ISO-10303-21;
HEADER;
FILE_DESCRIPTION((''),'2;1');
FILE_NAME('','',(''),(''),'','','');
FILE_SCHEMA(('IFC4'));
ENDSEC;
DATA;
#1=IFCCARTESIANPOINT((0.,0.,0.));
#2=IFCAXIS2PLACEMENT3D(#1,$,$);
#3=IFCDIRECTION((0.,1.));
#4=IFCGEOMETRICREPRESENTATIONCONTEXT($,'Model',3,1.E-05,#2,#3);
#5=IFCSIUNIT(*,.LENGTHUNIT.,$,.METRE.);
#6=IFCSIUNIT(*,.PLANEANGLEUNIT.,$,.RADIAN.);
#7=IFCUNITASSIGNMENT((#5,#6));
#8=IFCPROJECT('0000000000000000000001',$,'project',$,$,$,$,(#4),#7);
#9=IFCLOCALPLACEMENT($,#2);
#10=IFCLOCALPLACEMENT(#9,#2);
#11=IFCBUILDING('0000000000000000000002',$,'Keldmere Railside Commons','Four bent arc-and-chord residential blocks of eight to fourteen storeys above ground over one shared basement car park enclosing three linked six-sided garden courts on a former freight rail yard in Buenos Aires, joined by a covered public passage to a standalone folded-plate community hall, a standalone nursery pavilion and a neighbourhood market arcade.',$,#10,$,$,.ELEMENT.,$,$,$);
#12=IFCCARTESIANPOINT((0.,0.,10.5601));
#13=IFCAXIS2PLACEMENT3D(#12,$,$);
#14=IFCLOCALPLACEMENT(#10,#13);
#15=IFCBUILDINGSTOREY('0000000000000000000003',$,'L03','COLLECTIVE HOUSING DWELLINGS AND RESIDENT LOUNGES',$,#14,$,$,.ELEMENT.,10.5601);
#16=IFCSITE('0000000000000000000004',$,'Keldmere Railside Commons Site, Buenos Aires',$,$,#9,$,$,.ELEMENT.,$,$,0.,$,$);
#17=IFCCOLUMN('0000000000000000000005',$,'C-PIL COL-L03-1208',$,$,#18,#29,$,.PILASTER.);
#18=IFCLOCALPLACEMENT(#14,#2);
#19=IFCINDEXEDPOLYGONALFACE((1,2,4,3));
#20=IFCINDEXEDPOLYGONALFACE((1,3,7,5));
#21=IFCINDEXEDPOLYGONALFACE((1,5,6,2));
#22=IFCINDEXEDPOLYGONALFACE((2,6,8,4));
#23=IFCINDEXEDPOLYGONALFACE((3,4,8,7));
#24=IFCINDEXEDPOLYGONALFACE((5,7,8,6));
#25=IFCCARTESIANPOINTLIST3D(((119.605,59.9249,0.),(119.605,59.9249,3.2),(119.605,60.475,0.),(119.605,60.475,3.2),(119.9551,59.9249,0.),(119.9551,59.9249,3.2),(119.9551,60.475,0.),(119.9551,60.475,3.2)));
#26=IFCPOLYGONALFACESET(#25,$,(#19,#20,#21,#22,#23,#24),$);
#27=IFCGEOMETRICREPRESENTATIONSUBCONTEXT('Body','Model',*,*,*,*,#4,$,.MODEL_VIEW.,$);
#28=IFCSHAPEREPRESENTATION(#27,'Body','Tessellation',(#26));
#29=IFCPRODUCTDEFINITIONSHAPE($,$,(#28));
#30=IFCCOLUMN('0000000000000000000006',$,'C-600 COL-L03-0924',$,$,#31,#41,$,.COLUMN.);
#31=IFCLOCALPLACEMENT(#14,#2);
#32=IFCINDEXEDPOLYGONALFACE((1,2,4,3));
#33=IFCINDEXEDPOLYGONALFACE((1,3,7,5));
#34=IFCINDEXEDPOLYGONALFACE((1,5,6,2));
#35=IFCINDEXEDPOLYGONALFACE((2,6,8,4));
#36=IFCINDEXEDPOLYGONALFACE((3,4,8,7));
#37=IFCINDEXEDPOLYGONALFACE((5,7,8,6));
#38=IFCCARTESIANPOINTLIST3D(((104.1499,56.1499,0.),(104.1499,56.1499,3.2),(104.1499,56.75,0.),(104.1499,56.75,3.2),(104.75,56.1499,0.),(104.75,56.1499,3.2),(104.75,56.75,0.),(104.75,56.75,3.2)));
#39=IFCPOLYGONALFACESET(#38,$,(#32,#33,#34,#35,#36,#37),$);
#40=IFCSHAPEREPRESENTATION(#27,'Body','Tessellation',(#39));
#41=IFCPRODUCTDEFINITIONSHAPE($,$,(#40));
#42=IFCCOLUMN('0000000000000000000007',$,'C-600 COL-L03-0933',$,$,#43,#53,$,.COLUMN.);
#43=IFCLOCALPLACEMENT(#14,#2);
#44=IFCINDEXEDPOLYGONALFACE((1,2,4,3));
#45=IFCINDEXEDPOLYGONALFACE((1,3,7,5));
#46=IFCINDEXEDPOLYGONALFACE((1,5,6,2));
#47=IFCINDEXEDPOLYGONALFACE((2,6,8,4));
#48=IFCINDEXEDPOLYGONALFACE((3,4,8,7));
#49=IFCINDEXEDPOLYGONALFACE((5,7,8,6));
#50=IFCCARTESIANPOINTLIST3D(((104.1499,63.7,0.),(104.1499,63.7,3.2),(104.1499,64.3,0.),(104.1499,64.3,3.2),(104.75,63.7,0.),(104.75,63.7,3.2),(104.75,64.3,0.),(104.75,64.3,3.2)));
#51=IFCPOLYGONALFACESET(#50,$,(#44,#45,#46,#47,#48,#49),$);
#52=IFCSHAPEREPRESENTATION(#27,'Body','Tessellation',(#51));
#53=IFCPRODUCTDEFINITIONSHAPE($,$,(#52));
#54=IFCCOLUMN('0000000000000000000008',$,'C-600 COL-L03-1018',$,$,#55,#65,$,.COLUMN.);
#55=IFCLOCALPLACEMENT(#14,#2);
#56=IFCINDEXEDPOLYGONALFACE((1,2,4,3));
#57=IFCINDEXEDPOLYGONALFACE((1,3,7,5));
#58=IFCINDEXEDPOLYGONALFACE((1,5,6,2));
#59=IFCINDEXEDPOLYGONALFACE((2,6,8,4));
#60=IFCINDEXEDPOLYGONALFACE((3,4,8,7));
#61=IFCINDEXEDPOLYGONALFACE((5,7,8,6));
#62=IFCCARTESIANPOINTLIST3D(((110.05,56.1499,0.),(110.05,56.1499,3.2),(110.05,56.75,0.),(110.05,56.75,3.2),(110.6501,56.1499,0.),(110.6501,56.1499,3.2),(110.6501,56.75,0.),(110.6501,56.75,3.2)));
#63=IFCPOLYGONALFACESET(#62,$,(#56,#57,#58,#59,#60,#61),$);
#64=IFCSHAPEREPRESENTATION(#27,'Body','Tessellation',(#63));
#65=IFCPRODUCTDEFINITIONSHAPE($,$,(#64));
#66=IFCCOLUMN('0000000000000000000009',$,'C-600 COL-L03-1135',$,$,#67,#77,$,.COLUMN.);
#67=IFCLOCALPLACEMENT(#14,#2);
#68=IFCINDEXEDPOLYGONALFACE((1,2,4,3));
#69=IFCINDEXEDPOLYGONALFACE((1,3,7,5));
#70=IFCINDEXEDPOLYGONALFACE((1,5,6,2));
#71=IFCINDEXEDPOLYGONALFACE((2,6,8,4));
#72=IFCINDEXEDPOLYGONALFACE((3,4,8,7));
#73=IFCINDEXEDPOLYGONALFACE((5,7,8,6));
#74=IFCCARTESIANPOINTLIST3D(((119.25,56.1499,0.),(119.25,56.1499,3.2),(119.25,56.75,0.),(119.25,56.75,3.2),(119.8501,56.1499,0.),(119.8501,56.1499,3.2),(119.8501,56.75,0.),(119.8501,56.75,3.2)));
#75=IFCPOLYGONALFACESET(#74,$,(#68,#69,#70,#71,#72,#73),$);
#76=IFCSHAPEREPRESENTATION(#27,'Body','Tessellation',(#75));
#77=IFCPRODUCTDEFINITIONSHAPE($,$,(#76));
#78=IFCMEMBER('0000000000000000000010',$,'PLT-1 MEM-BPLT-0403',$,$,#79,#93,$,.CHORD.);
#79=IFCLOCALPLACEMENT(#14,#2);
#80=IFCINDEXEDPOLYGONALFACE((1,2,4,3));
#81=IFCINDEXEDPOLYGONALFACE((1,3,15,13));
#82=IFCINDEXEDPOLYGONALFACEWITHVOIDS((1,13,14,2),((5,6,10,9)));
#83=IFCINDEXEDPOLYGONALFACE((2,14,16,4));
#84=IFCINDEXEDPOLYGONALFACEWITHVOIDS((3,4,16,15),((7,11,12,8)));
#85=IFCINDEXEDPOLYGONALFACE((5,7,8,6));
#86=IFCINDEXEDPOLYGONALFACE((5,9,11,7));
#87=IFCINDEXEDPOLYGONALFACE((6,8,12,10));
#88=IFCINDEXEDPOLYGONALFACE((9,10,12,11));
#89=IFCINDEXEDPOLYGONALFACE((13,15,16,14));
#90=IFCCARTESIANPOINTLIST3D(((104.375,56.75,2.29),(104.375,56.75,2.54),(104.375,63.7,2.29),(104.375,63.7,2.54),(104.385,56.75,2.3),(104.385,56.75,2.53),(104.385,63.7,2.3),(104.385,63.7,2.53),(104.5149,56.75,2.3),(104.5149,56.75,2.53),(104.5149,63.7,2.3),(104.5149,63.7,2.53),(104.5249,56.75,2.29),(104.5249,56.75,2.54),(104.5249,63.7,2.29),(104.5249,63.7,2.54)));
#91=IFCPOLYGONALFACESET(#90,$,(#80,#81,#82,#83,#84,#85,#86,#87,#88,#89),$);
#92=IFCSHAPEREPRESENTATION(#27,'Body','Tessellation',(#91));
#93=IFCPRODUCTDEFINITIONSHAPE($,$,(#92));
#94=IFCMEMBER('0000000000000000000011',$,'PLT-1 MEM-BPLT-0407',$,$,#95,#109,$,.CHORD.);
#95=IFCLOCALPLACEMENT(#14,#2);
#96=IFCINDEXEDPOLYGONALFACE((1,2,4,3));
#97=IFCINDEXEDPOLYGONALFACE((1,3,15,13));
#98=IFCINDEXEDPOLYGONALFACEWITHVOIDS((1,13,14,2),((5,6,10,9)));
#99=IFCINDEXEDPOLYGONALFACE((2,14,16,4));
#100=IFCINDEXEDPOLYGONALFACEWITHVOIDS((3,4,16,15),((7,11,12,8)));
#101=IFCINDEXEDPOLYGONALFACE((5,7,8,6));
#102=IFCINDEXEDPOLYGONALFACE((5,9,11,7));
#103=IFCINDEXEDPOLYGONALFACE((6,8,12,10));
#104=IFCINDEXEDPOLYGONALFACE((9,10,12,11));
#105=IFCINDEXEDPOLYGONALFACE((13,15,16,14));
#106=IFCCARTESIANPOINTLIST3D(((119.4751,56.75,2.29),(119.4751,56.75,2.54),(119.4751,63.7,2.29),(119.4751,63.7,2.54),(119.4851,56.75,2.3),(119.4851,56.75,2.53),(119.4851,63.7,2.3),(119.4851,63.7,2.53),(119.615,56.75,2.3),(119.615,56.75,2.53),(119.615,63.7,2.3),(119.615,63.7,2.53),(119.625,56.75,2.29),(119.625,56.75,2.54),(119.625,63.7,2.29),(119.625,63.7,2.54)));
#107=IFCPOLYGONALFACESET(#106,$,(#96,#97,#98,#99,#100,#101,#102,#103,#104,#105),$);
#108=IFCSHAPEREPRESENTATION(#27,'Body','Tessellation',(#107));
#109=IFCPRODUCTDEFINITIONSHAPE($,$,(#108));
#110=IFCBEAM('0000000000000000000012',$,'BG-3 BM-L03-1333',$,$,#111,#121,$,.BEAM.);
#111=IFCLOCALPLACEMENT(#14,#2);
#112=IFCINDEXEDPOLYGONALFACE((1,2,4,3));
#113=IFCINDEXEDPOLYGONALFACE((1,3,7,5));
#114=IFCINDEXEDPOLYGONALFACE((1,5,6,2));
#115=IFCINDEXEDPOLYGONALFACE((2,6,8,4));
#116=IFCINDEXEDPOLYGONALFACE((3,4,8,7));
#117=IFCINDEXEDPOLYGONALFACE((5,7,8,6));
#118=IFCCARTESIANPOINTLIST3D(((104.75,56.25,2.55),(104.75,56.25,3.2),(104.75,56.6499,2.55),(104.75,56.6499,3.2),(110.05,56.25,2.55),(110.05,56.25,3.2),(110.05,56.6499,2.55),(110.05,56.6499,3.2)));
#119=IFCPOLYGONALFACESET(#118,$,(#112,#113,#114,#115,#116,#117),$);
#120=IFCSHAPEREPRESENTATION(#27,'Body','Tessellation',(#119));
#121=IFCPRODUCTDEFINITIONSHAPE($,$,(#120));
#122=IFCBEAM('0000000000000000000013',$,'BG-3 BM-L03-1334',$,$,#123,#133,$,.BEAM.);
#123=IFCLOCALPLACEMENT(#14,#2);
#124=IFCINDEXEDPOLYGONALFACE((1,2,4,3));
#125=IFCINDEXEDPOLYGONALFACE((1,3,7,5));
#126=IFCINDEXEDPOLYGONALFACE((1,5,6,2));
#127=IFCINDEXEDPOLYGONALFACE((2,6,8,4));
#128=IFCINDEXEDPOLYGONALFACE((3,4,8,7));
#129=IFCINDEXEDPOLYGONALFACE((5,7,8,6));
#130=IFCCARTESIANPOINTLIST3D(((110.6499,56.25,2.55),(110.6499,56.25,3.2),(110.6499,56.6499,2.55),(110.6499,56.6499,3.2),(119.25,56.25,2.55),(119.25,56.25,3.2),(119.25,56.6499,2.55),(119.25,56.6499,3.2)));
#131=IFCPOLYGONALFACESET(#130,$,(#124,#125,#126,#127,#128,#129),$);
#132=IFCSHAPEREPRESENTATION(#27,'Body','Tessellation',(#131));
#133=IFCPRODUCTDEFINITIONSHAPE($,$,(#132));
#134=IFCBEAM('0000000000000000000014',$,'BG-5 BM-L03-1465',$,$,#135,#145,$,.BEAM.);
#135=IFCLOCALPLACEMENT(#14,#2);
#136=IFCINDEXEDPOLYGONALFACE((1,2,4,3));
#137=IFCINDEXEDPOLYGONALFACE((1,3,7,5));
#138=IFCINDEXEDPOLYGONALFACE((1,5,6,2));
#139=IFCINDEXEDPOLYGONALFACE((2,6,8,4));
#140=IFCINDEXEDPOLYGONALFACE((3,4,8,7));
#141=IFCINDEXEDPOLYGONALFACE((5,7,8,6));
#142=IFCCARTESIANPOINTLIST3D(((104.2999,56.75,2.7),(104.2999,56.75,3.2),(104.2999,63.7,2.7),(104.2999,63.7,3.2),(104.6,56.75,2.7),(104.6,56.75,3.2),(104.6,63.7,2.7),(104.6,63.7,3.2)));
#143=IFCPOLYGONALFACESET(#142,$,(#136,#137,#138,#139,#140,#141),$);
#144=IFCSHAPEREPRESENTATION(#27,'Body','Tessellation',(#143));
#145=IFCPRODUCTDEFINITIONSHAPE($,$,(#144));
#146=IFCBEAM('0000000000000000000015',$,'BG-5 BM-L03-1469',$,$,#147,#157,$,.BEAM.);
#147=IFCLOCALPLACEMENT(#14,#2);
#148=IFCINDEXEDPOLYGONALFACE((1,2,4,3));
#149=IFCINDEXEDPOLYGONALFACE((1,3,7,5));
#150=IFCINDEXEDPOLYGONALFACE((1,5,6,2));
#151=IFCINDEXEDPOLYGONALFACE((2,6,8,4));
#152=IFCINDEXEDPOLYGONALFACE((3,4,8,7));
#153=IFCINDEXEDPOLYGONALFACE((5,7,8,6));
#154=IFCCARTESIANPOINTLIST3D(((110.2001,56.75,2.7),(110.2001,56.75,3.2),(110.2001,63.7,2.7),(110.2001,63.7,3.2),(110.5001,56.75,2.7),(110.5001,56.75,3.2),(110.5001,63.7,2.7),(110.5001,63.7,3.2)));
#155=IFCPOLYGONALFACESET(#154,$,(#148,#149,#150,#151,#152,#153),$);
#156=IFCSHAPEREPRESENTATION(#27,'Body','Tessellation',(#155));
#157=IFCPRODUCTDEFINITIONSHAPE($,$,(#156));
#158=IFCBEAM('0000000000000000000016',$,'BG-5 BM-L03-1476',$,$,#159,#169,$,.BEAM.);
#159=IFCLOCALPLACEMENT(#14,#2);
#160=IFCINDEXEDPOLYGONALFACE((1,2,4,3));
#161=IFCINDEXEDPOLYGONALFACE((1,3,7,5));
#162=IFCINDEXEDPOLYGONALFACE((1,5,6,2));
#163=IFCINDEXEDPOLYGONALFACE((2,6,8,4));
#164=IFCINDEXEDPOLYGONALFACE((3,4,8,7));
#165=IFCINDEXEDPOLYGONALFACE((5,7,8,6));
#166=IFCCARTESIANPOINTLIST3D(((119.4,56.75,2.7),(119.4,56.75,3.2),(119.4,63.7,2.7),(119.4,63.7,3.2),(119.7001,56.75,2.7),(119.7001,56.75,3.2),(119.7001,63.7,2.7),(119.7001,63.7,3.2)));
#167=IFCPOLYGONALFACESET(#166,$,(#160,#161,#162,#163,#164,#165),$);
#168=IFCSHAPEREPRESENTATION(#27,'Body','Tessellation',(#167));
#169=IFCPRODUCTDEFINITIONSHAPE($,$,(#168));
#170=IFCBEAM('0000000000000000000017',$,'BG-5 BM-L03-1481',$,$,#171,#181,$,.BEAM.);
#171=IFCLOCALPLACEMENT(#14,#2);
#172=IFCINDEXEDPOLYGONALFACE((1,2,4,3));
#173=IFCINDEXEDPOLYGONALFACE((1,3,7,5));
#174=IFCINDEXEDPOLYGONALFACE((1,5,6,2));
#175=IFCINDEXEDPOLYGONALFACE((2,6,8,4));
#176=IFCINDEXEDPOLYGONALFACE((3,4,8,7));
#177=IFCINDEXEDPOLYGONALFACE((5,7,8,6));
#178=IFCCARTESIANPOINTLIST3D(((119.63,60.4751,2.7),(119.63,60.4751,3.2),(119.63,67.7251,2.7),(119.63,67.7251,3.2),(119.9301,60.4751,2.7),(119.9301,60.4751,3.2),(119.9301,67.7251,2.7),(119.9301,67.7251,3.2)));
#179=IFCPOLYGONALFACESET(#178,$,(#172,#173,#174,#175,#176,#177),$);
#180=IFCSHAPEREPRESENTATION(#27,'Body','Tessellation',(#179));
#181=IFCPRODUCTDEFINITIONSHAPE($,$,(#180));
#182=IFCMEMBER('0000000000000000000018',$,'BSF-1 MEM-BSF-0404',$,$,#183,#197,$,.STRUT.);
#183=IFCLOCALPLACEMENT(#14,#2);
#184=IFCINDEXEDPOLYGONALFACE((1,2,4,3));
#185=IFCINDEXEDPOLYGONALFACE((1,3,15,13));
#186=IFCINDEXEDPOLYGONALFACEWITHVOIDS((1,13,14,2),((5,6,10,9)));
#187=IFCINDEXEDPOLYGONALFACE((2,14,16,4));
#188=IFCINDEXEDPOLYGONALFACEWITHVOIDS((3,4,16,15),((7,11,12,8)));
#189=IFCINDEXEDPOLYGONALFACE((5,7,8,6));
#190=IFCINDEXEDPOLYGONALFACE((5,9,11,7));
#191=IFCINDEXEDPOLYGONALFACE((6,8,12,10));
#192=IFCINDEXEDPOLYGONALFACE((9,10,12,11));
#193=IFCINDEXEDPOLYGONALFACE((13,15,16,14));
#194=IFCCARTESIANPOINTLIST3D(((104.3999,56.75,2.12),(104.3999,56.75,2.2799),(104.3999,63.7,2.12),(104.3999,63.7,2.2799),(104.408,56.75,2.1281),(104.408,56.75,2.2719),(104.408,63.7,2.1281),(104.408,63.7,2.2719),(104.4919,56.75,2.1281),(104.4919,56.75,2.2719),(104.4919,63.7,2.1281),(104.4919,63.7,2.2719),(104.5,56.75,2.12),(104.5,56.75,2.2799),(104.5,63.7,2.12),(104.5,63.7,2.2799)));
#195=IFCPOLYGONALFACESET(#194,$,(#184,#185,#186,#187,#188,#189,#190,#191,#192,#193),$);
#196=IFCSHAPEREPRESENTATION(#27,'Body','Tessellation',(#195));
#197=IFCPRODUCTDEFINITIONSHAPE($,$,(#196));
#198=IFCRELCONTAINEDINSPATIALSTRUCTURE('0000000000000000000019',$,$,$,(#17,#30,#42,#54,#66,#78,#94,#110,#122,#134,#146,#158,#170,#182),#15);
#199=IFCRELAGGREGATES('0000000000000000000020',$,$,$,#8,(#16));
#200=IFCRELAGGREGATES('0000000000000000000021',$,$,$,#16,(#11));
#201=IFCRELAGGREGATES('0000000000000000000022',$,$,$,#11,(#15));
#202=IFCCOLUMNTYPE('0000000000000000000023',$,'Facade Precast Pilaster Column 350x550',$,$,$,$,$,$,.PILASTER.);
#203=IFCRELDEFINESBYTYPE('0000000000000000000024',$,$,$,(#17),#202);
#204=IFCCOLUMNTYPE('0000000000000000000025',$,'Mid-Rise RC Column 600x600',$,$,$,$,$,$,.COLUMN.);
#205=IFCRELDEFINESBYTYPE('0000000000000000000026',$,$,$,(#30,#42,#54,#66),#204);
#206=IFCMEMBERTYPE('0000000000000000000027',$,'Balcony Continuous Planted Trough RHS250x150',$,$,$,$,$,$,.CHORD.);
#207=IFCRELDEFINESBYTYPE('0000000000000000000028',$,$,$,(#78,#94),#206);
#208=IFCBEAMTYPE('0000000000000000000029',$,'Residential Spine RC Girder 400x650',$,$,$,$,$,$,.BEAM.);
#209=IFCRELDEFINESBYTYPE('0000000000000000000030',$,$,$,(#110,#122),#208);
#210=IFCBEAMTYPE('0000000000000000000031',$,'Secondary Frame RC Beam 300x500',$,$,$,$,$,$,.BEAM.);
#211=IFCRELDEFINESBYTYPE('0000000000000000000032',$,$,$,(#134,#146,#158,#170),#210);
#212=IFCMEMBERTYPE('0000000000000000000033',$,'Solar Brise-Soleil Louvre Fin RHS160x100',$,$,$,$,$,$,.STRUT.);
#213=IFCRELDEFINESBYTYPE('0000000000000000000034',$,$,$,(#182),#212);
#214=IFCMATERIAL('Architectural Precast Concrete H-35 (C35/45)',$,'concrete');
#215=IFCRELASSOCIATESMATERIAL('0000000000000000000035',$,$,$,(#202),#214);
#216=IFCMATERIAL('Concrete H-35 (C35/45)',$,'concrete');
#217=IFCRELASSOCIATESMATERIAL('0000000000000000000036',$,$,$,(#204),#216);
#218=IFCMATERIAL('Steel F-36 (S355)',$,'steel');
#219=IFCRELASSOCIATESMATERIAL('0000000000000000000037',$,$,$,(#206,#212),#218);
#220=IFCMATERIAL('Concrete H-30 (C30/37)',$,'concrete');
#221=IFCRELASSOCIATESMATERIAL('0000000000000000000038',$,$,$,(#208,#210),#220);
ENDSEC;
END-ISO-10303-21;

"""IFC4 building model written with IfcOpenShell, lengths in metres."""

from ifc_helpers import new_model, si_unit, direction, frame, origin, origin_2d, place, context, subcontext, project, spatial, rectangle, hollow_rectangle, extrude, material, material_profile, profile_set, type_object, element, save


model = new_model("IFC4")

# Units and contexts
model_context = context("Model", 3, precision=1e-05, world=origin(), true_north=direction((0.0, 1.0)))
body_context = subcontext(model_context, "Body", "Model", "MODEL_VIEW")
ifc_project = project(units=[si_unit("LENGTHUNIT", "METRE"), si_unit("PLANEANGLEUNIT", "RADIAN")], contexts=[model_context])

# Site, building, storey
site_placement = place(None, origin())
site = spatial("IfcSite", under=ifc_project, at=site_placement, Name="Keldmere Railside Commons Site, Buenos Aires", CompositionType="ELEMENT", RefElevation=0.0)
building_placement = place(site_placement, origin())
building = spatial("IfcBuilding", under=site, at=building_placement, Name="Keldmere Railside Commons", Description="Four bent arc-and-chord residential blocks of eight to fourteen storeys above ground over one shared basement car park enclosing three linked six-sided garden courts on a former freight rail yard in Buenos Aires, joined by a covered public passage to a standalone folded-plate community hall, a standalone nursery pavilion and a neighbourhood market arcade.", CompositionType="ELEMENT")
storey_placement = place(building_placement, frame((0.0, 0.0, 10.5601)))
storey = spatial("IfcBuildingStorey", under=building, at=storey_placement, Name="L03", Description="COLLECTIVE HOUSING DWELLINGS AND RESIDENT LOUNGES", CompositionType="ELEMENT", Elevation=10.5601)

# Columns
ifc_material_1 = material(Name="Architectural Precast Concrete H-35 (C35/45)", Category="concrete")
ifc_material_profile_1 = material_profile(ifc_material_1, rectangle(XDim=0.3501, YDim=0.55, at=origin_2d()), Name="RC-350x550")
ifc_profile_set_1 = profile_set([ifc_material_profile_1], Name="Architectural Precast Concrete H-35 (C35/45)")
column_type_1 = type_object("IfcColumnType", Name="Facade Precast Pilaster Column 350x550", PredefinedType="PILASTER", material=ifc_profile_set_1)
column_placement = place(storey_placement, frame((119.78, 60.2, 0.0), z_axis=(0.0, 0.0, 1.0), x_axis=(1.0, 0.0, 0.0)))
element("IfcColumn", 1, at=column_placement, inside=storey, type_object=column_type_1, Name="C-PIL COL-L03-1208", PredefinedType="PILASTER", context=body_context, shape_type="SweptSolid", body=[
    extrude(rectangle(XDim=0.3501, YDim=0.55, at=origin_2d()), origin(), (0.0, 0.0, 1.0), 3.2),
])
ifc_material_2 = material(Name="Concrete H-35 (C35/45)", Category="concrete")
ifc_material_profile_2 = material_profile(ifc_material_2, rectangle(XDim=0.6001, YDim=0.6001, at=origin_2d()), Name="RC-600x600")
ifc_profile_set_2 = profile_set([ifc_material_profile_2], Name="Concrete H-35 (C35/45)")
column_type_2 = type_object("IfcColumnType", Name="Mid-Rise RC Column 600x600", PredefinedType="COLUMN", material=ifc_profile_set_2)
for number, where, z_axis, x_axis, name in (
    (2, (104.45, 56.45, 0.0), (0.0, 0.0, 1.0), (1.0, 0.0, 0.0), "C-600 COL-L03-0924"),
    (3, (104.45, 64.0, 0.0), (0.0, 0.0, 1.0), (1.0, 0.0, 0.0), "C-600 COL-L03-0933"),
    (4, (110.3501, 56.45, 0.0), (0.0, 0.0, 1.0), (1.0, 0.0, 0.0), "C-600 COL-L03-1018"),
    (5, (119.55, 56.45, 0.0), (0.0, 0.0, 1.0), (1.0, 0.0, 0.0), "C-600 COL-L03-1135"),
):
    element("IfcColumn", number, at=place(storey_placement, frame(where, z_axis=z_axis, x_axis=x_axis)), inside=storey, type_object=column_type_2, Name=name, PredefinedType="COLUMN", context=body_context, shape_type="SweptSolid", body=[
        extrude(rectangle(XDim=0.6001, YDim=0.6001, at=origin_2d()), origin(), (0.0, 0.0, 1.0), 3.2),
    ])

# Members
ifc_material_3 = material(Name="Steel F-36 (S355)", Category="steel")
ifc_material_profile_3 = material_profile(ifc_material_3, hollow_rectangle(XDim=0.1499, YDim=0.25, WallThickness=0.01, at=origin_2d()), Name="RHS-250x150x10")
ifc_profile_set_3 = profile_set([ifc_material_profile_3], Name="Steel F-36 (S355)")
member_type_1 = type_object("IfcMemberType", Name="Balcony Continuous Planted Trough RHS250x150", PredefinedType="CHORD", material=ifc_profile_set_3)
for number, where, z_axis, x_axis, name in (
    (6, (104.45, 56.75, 2.415), (0.0, 1.0, 0.0), (-1.0, 0.0, 0.0), "PLT-1 MEM-BPLT-0403"),
    (7, (119.55, 56.75, 2.415), (0.0, 1.0, 0.0), (-1.0, 0.0, 0.0), "PLT-1 MEM-BPLT-0407"),
):
    element("IfcMember", number, at=place(storey_placement, frame(where, z_axis=z_axis, x_axis=x_axis)), inside=storey, type_object=member_type_1, Name=name, PredefinedType="CHORD", context=body_context, shape_type="SweptSolid", body=[
        extrude(hollow_rectangle(XDim=0.1499, YDim=0.25, WallThickness=0.01, at=origin_2d()), origin(), (0.0, 0.0, 1.0), 6.95),
    ])

# Beams
ifc_material_4 = material(Name="Concrete H-30 (C30/37)", Category="concrete")
ifc_material_profile_4 = material_profile(ifc_material_4, rectangle(XDim=0.3999, YDim=0.6499, at=origin_2d()), Name="RC-400x650")
ifc_profile_set_4 = profile_set([ifc_material_profile_4], Name="Concrete H-30 (C30/37)")
beam_type_1 = type_object("IfcBeamType", Name="Residential Spine RC Girder 400x650", PredefinedType="BEAM", material=ifc_profile_set_4)
beam_1_placement = place(storey_placement, frame((104.75, 56.45, 2.875), z_axis=(1.0, 0.0, 0.0), x_axis=(0.0, 1.0, 0.0)))
element("IfcBeam", 8, at=beam_1_placement, inside=storey, type_object=beam_type_1, Name="BG-3 BM-L03-1333", PredefinedType="BEAM", context=body_context, shape_type="SweptSolid", body=[
    extrude(rectangle(XDim=0.3999, YDim=0.6499, at=origin_2d()), origin(), (0.0, 0.0, 1.0), 5.3),
])
beam_2_placement = place(storey_placement, frame((110.6499, 56.45, 2.875), z_axis=(1.0, 0.0, 0.0), x_axis=(0.0, 1.0, 0.0)))
element("IfcBeam", 9, at=beam_2_placement, inside=storey, type_object=beam_type_1, Name="BG-3 BM-L03-1334", PredefinedType="BEAM", context=body_context, shape_type="SweptSolid", body=[
    extrude(rectangle(XDim=0.3999, YDim=0.6499, at=origin_2d()), origin(), (0.0, 0.0, 1.0), 8.6001),
])
ifc_material_profile_5 = material_profile(ifc_material_4, rectangle(XDim=0.3, YDim=0.5, at=origin_2d()), Name="RC-300x500")
ifc_profile_set_5 = profile_set([ifc_material_profile_5], Name="Concrete H-30 (C30/37)")
beam_type_2 = type_object("IfcBeamType", Name="Secondary Frame RC Beam 300x500", PredefinedType="BEAM", material=ifc_profile_set_5)
for number, where, z_axis, x_axis, name in (
    (10, (104.45, 56.75, 2.95), (0.0, 1.0, 0.0), (-1.0, 0.0, 0.0), "BG-5 BM-L03-1465"),
    (11, (110.3501, 56.75, 2.95), (0.0, 1.0, 0.0), (-1.0, 0.0, 0.0), "BG-5 BM-L03-1469"),
    (12, (119.55, 56.75, 2.95), (0.0, 1.0, 0.0), (-1.0, 0.0, 0.0), "BG-5 BM-L03-1476"),
):
    element("IfcBeam", number, at=place(storey_placement, frame(where, z_axis=z_axis, x_axis=x_axis)), inside=storey, type_object=beam_type_2, Name=name, PredefinedType="BEAM", context=body_context, shape_type="SweptSolid", body=[
        extrude(rectangle(XDim=0.3, YDim=0.5, at=origin_2d()), origin(), (0.0, 0.0, 1.0), 6.95),
    ])
beam_3_placement = place(storey_placement, frame((119.78, 60.4751, 2.95), z_axis=(0.0, 1.0, 0.0), x_axis=(-1.0, 0.0, 0.0)))
element("IfcBeam", 13, at=beam_3_placement, inside=storey, type_object=beam_type_2, Name="BG-5 BM-L03-1481", PredefinedType="BEAM", context=body_context, shape_type="SweptSolid", body=[
    extrude(rectangle(XDim=0.3, YDim=0.5, at=origin_2d()), origin(), (0.0, 0.0, 1.0), 7.25),
])

# Member
ifc_material_profile_6 = material_profile(ifc_material_3, hollow_rectangle(XDim=0.1001, YDim=0.1599, WallThickness=0.0081, at=origin_2d()), Name="RHS-160x100x8")
ifc_profile_set_6 = profile_set([ifc_material_profile_6], Name="Steel F-36 (S355)")
member_type_2 = type_object("IfcMemberType", Name="Solar Brise-Soleil Louvre Fin RHS160x100", PredefinedType="STRUT", material=ifc_profile_set_6)
for number, where, z_axis, x_axis, name in (
    (14, (104.45, 56.75, 2.2), (0.0, 1.0, 0.0), (-1.0, 0.0, 0.0), "BSF-1 MEM-BSF-0404"),
):
    element("IfcMember", number, at=place(storey_placement, frame(where, z_axis=z_axis, x_axis=x_axis)), inside=storey, type_object=member_type_2, Name=name, PredefinedType="STRUT", context=body_context, shape_type="SweptSolid", body=[
        extrude(hollow_rectangle(XDim=0.1001, YDim=0.1599, WallThickness=0.0081, at=origin_2d()), origin(), (0.0, 0.0, 1.0), 6.95),
    ])

save(model, "model.ifc")
